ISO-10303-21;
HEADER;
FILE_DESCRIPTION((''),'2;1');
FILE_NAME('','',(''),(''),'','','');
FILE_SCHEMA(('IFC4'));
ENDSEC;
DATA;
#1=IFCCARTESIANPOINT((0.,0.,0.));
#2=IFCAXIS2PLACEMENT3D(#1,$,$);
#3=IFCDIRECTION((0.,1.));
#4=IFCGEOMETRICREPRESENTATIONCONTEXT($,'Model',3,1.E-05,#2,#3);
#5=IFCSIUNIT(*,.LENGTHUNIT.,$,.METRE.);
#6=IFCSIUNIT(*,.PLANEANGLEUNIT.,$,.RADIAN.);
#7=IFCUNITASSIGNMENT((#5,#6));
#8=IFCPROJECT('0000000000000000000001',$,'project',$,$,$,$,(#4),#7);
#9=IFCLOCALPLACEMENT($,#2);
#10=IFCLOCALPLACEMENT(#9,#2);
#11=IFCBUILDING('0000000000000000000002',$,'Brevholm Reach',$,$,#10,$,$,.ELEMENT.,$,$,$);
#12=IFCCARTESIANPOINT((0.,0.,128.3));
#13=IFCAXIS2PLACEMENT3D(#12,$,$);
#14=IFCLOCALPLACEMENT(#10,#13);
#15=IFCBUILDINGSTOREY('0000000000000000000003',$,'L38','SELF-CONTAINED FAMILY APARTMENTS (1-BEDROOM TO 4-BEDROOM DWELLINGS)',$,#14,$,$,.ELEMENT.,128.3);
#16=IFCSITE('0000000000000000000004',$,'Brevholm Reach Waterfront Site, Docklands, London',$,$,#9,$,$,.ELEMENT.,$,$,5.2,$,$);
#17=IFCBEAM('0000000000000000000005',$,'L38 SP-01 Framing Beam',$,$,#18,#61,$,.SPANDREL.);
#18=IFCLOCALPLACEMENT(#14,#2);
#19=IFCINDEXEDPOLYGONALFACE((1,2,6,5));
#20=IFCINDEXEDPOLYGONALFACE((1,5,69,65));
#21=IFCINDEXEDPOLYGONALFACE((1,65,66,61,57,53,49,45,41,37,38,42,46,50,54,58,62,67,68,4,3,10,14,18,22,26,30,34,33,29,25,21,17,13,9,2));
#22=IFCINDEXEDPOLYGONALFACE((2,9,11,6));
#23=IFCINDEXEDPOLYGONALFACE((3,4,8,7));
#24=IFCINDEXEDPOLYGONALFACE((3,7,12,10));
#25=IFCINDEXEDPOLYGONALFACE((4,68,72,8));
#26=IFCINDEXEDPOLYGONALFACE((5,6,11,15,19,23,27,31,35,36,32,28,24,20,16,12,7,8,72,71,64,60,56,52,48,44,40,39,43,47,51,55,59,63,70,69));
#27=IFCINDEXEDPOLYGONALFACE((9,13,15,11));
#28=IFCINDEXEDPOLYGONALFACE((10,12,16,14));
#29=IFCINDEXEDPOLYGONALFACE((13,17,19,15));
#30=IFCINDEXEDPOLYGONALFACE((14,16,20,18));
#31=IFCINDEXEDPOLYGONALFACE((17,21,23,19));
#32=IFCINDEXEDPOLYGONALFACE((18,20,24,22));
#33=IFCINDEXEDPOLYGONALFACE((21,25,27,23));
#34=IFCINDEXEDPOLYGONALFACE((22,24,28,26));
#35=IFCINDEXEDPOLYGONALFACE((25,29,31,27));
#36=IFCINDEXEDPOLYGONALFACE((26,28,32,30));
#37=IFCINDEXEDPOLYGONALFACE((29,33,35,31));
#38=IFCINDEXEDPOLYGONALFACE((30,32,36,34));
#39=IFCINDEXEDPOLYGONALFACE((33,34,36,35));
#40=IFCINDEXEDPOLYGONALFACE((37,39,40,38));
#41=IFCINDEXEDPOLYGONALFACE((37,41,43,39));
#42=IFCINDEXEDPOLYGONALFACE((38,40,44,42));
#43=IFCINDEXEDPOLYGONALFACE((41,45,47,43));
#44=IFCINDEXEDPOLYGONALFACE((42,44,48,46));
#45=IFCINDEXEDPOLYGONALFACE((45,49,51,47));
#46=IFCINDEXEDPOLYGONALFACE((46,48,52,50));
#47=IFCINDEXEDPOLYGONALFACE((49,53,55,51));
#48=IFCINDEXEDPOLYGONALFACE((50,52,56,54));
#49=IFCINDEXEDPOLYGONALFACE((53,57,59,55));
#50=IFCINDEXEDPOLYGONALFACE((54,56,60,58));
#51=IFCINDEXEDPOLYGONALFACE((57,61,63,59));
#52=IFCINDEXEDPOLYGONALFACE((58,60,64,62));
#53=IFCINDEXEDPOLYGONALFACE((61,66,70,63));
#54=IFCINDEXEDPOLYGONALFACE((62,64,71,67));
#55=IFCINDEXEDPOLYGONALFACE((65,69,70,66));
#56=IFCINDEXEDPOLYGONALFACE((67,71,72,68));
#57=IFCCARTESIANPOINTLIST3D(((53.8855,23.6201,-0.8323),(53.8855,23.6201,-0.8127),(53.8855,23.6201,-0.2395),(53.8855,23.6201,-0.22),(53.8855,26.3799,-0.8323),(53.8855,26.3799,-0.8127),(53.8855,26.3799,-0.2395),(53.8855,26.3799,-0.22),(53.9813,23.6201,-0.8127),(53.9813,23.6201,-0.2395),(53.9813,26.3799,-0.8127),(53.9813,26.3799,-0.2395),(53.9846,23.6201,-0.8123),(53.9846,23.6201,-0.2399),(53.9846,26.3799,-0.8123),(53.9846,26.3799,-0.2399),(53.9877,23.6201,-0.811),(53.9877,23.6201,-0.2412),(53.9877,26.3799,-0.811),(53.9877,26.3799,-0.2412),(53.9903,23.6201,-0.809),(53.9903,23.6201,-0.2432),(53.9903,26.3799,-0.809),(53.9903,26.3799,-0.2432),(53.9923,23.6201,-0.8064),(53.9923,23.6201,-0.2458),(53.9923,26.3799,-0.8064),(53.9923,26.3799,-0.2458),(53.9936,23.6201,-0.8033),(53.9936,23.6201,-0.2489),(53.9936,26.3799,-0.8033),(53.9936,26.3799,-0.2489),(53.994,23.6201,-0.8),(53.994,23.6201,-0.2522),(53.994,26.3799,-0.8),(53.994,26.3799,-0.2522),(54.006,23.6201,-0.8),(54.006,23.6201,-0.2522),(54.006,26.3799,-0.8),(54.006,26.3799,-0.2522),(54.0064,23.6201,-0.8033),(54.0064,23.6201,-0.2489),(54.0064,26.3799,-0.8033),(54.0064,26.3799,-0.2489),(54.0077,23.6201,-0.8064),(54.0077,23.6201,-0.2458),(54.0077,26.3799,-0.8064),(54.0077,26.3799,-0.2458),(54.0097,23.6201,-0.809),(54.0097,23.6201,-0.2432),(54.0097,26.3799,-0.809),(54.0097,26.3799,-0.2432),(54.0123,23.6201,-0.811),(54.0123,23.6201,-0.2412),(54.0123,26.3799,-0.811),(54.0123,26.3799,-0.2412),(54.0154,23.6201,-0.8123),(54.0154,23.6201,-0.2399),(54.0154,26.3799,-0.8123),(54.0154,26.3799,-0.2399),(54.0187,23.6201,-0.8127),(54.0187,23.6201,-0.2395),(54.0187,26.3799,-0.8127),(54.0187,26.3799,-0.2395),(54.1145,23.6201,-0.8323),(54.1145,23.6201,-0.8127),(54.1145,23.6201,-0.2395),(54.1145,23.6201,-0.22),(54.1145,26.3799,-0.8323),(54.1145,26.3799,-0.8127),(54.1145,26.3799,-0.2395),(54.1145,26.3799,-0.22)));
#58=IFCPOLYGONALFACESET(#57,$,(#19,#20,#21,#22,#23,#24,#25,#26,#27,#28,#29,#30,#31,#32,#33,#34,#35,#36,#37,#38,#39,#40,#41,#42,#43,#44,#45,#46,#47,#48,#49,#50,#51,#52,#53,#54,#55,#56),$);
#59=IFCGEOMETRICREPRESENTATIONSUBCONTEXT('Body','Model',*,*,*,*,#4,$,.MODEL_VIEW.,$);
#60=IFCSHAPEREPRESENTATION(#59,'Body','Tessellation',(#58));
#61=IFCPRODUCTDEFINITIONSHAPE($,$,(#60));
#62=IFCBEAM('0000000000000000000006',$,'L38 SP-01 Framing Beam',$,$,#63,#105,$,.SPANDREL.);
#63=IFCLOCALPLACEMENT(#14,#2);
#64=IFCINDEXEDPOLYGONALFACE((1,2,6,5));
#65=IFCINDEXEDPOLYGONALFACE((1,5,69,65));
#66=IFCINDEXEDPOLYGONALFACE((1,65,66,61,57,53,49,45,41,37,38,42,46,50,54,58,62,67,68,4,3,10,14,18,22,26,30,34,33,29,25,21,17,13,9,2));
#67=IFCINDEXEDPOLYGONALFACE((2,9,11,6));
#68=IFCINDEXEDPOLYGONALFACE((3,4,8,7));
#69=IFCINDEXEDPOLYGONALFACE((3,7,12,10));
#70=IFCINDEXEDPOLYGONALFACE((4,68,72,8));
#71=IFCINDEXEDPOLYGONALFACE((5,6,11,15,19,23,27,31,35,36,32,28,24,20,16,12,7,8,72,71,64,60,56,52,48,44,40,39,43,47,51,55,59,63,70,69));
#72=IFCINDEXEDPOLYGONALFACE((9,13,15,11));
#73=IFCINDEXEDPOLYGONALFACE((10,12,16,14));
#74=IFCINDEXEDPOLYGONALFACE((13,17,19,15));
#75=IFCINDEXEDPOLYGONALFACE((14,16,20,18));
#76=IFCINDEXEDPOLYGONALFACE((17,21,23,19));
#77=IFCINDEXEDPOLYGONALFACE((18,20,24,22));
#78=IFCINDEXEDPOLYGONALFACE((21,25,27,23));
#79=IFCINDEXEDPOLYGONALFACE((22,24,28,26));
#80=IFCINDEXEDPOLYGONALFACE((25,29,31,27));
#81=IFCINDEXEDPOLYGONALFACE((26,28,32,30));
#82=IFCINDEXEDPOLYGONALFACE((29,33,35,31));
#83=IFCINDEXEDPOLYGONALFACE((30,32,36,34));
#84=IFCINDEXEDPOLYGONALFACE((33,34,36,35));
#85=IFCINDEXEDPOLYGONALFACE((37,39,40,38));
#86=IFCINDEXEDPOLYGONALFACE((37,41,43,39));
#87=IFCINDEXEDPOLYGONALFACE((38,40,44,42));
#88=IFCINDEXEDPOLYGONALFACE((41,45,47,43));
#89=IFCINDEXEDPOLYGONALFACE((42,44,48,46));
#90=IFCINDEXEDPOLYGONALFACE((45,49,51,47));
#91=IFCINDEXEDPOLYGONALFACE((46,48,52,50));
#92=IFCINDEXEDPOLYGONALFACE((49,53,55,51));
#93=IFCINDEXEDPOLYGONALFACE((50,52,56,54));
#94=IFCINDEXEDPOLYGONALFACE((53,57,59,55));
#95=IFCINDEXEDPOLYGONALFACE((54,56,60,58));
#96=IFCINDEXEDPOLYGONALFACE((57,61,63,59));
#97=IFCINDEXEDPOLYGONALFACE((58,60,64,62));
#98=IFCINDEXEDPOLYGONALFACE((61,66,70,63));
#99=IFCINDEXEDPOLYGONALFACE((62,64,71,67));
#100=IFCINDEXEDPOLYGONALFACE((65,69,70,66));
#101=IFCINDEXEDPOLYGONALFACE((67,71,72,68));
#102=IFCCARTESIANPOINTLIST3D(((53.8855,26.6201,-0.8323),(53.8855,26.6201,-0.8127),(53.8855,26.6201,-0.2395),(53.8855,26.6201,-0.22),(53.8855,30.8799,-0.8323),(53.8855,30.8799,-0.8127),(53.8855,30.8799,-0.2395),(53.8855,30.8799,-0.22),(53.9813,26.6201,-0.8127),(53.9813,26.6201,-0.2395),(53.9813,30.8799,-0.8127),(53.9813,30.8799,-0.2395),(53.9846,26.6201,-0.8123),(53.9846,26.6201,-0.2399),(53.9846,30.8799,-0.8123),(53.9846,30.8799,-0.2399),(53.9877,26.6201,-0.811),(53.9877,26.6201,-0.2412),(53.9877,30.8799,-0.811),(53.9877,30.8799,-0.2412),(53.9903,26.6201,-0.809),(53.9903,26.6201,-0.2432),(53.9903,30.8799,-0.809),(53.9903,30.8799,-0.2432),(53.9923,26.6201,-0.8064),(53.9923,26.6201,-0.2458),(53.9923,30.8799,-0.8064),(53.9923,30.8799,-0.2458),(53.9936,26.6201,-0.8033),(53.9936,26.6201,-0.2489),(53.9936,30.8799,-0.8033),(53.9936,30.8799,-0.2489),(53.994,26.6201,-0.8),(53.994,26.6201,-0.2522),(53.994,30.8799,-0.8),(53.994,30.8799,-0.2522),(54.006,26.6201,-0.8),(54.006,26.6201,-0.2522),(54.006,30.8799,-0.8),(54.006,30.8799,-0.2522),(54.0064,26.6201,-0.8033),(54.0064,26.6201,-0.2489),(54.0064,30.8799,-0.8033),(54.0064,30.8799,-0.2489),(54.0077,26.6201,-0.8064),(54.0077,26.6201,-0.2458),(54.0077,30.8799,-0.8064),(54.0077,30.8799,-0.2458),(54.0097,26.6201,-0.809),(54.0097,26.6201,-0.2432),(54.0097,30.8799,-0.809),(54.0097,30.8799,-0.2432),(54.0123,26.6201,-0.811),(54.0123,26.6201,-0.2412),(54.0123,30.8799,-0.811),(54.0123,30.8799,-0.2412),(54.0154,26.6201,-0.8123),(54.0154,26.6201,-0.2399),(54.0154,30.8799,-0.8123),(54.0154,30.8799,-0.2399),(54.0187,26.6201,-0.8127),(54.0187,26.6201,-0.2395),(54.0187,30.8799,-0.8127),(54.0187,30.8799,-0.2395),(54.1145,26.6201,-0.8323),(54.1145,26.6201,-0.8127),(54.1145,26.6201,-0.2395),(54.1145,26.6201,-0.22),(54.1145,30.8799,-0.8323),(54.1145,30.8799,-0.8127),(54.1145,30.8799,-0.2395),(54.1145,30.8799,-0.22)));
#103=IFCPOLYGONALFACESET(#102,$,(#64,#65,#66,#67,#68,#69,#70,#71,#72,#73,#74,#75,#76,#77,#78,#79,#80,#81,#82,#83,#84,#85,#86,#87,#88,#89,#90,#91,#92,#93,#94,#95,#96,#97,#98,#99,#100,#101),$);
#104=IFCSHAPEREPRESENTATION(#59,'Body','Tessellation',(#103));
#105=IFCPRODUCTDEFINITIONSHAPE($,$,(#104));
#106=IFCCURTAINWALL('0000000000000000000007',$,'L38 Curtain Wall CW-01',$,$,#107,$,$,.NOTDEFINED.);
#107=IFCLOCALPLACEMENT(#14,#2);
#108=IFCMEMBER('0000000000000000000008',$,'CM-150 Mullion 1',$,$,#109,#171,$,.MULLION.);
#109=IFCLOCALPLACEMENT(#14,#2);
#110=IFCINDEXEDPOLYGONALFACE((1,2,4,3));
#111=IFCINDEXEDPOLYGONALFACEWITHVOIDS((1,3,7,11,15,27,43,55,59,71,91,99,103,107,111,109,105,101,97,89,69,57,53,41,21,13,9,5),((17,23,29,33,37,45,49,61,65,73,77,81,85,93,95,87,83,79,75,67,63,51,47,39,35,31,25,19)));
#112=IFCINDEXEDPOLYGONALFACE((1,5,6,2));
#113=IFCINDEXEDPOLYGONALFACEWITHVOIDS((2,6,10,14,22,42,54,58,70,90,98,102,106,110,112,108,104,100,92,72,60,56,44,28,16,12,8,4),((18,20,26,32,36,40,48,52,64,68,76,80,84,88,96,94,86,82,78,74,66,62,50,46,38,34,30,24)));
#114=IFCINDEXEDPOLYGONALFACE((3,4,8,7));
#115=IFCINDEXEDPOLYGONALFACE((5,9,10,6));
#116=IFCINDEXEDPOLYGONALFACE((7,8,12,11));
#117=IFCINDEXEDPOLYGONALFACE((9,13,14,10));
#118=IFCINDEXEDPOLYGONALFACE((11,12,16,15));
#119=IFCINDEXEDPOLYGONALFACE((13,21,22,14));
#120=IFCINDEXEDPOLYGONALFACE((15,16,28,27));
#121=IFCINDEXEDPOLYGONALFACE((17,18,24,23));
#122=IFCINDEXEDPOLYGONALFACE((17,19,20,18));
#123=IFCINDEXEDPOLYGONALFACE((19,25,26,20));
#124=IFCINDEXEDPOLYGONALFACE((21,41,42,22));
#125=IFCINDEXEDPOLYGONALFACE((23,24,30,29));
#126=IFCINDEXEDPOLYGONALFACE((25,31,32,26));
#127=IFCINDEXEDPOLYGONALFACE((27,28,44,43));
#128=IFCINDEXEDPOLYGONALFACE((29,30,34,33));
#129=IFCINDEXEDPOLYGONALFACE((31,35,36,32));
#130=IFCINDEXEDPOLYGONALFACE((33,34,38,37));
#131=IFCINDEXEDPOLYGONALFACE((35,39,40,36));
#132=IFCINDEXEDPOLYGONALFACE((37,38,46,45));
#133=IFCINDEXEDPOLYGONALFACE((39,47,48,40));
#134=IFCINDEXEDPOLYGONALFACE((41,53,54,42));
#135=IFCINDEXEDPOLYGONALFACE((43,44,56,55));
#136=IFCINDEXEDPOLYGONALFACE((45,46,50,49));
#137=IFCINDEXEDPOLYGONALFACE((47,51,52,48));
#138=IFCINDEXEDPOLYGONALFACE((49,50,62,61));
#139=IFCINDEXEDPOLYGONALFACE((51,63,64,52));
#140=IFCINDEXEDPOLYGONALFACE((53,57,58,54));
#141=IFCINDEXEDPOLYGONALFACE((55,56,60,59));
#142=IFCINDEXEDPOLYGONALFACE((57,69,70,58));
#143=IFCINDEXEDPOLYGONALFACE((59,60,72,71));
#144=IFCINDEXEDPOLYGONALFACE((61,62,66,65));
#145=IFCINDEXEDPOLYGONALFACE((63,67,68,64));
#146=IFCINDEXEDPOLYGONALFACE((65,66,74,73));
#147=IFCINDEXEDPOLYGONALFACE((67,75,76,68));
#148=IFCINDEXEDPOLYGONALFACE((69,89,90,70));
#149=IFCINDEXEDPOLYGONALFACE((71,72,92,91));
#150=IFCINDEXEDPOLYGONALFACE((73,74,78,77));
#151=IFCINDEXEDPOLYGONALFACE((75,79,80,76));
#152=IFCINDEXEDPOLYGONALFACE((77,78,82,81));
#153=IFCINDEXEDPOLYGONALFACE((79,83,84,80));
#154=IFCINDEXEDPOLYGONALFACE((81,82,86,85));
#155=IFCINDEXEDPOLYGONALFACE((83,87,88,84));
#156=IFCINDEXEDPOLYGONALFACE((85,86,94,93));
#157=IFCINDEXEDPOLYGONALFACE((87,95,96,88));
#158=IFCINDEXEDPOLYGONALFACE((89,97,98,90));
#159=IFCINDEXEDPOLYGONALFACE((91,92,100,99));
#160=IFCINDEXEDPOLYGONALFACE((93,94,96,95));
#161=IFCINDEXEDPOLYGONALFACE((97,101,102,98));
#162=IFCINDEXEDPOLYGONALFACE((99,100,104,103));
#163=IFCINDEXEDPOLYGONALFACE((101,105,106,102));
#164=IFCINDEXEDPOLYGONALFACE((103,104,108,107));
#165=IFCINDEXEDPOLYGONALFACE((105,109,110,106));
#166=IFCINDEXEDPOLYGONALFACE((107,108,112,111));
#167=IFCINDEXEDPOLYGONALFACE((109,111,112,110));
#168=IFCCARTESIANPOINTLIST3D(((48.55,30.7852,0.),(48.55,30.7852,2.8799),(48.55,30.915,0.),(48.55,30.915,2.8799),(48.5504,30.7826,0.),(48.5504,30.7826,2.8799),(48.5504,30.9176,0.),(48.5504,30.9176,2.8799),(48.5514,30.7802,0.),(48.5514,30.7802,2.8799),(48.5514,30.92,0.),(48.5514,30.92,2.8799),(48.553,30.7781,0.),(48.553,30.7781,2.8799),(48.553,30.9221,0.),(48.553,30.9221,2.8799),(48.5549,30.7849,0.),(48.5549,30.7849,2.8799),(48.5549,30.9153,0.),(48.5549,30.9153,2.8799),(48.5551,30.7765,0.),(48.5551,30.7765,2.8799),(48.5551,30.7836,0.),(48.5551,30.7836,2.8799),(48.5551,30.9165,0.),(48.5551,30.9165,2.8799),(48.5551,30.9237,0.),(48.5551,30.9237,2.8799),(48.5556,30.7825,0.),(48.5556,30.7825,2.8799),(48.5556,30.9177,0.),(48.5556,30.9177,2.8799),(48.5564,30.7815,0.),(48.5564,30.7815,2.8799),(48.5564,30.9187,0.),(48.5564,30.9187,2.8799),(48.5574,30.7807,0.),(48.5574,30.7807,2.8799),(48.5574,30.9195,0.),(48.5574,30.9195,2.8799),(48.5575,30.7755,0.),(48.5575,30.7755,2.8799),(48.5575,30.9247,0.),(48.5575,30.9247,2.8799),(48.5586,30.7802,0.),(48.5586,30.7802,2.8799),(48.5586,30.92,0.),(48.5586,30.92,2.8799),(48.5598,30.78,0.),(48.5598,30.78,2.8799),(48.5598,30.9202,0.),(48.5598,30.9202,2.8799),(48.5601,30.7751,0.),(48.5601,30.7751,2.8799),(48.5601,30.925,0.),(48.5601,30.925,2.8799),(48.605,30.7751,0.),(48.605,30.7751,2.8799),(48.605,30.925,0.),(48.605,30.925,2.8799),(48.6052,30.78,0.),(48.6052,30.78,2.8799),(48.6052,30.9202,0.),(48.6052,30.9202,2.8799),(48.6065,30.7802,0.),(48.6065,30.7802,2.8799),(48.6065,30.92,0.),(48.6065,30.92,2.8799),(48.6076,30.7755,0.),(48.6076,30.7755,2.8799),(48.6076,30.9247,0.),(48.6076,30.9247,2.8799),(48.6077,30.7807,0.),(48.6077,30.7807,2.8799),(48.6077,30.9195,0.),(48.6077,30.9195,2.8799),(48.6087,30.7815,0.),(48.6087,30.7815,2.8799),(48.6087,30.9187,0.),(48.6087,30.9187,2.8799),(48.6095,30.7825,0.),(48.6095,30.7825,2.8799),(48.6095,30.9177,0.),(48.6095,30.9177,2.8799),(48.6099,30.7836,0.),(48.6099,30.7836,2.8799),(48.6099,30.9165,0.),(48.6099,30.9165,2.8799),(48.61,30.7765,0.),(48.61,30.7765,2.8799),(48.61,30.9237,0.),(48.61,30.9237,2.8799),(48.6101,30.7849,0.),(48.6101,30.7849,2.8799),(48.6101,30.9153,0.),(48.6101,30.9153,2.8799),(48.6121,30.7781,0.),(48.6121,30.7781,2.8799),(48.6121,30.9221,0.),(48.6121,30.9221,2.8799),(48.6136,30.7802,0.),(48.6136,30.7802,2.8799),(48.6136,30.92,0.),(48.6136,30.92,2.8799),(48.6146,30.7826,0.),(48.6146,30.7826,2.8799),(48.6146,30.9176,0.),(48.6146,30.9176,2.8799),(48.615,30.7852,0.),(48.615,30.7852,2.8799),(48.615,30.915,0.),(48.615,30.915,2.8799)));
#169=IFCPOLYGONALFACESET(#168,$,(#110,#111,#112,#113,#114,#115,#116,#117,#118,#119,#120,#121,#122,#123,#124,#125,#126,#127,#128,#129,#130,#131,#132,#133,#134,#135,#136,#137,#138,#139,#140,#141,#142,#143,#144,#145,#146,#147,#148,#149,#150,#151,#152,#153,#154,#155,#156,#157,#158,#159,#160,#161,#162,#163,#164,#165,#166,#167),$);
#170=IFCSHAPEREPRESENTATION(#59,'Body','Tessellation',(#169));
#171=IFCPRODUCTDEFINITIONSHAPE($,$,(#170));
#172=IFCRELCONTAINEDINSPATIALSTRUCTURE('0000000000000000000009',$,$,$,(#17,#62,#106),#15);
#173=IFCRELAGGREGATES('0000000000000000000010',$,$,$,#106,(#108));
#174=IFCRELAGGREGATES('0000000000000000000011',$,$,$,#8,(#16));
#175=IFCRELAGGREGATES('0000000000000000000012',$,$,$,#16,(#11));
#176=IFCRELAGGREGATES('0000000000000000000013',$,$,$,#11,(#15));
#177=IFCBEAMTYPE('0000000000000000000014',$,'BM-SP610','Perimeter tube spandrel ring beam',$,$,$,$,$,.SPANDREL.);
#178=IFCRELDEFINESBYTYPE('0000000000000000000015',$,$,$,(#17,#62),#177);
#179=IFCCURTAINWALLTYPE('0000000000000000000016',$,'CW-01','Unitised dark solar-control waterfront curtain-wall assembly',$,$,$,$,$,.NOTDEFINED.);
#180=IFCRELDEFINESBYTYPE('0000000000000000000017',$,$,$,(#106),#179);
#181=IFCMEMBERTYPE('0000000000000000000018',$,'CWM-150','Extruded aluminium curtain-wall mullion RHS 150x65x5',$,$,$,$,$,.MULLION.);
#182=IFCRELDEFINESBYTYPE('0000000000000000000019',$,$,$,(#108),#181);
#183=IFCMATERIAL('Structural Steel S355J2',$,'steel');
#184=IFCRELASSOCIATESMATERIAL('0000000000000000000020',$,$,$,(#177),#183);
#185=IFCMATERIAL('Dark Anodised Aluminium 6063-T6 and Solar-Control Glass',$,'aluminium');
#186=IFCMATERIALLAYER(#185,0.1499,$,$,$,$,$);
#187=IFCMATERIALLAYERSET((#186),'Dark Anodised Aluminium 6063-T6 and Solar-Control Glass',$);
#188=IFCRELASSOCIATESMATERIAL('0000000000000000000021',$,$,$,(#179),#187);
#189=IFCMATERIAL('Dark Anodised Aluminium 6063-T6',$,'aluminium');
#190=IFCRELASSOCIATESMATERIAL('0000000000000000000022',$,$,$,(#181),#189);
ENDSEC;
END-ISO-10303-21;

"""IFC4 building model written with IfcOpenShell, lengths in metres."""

from ifc_helpers import new_model, si_unit, direction, frame, origin, origin_2d, place, context, subcontext, project, spatial, hollow_rectangle, i_section, extrude, material, layer, layer_set, material_profile, profile_set, type_object, element, aggregate, save


model = new_model("IFC4")

# Units and contexts
model_context = context("Model", 3, precision=1e-05, world=origin(), true_north=direction((0.0, 1.0)))
body_context = subcontext(model_context, "Body", "Model", "MODEL_VIEW")
ifc_project = project(units=[si_unit("LENGTHUNIT", "METRE"), si_unit("PLANEANGLEUNIT", "RADIAN")], contexts=[model_context])

# Site, building, storey
site_placement = place(None, origin())
site = spatial("IfcSite", under=ifc_project, at=site_placement, Name="Brevholm Reach Waterfront Site, Docklands, London", CompositionType="ELEMENT", RefElevation=5.2)
building_placement = place(site_placement, origin())
building = spatial("IfcBuilding", under=site, at=building_placement, Name="Brevholm Reach", CompositionType="ELEMENT")
storey_placement = place(building_placement, frame((0.0, 0.0, 128.3)))
storey = spatial("IfcBuildingStorey", under=building, at=storey_placement, Name="L38", Description="SELF-CONTAINED FAMILY APARTMENTS (1-BEDROOM TO 4-BEDROOM DWELLINGS)", CompositionType="ELEMENT", Elevation=128.3)

# Beams
ifc_material_1 = material(Name="Structural Steel S355J2", Category="steel")
ifc_material_profile_1 = material_profile(ifc_material_1, i_section(OverallWidth=0.229, OverallDepth=0.6123, WebThickness=0.012, FlangeThickness=0.0195, FilletRadius=0.0127, at=origin_2d()), Name="UKB 610x229x125")
ifc_profile_set_1 = profile_set([ifc_material_profile_1], Name="Structural Steel S355J2")
beam_type_1 = type_object("IfcBeamType", Name="BM-SP610", Description="Perimeter tube spandrel ring beam", PredefinedType="SPANDREL", material=ifc_profile_set_1)
beam_1_placement = place(storey_placement, frame((54.0, 23.6201, -0.5261), z_axis=(0.0, 1.0, 0.0), x_axis=(-1.0, 0.0, 0.0)))
element("IfcBeam", 1, at=beam_1_placement, inside=storey, type_object=beam_type_1, Name="L38 SP-01 Framing Beam", PredefinedType="SPANDREL", context=body_context, shape_type="SweptSolid", body=[
    extrude(i_section(OverallWidth=0.229, OverallDepth=0.6123, WebThickness=0.012, FlangeThickness=0.0195, FilletRadius=0.0127, at=origin_2d()), origin(), (0.0, 0.0, 1.0), 2.7598),
])
beam_2_placement = place(storey_placement, frame((54.0, 26.6201, -0.5261), z_axis=(0.0, 1.0, 0.0), x_axis=(-1.0, 0.0, 0.0)))
element("IfcBeam", 2, at=beam_2_placement, inside=storey, type_object=beam_type_1, Name="L38 SP-01 Framing Beam", PredefinedType="SPANDREL", context=body_context, shape_type="SweptSolid", body=[
    extrude(i_section(OverallWidth=0.229, OverallDepth=0.6123, WebThickness=0.012, FlangeThickness=0.0195, FilletRadius=0.0127, at=origin_2d()), origin(), (0.0, 0.0, 1.0), 4.2598),
])

# Curtain wall, member
ifc_material_2 = material(Name="Dark Anodised Aluminium 6063-T6 and Solar-Control Glass", Category="aluminium")
ifc_layer_1 = layer(ifc_material_2, 0.1499)
ifc_layer_set_1 = layer_set([ifc_layer_1], Name="Dark Anodised Aluminium 6063-T6 and Solar-Control Glass")
curtain_wall_type = type_object("IfcCurtainWallType", Name="CW-01", Description="Unitised dark solar-control waterfront curtain-wall assembly", PredefinedType="NOTDEFINED", material=ifc_layer_set_1)
curtain_wall_placement = place(storey_placement, origin())
curtain_wall = element("IfcCurtainWall", 3, at=curtain_wall_placement, inside=storey, type_object=curtain_wall_type, Name="L38 Curtain Wall CW-01", PredefinedType="NOTDEFINED")
ifc_material_3 = material(Name="Dark Anodised Aluminium 6063-T6", Category="aluminium")
ifc_material_profile_2 = material_profile(ifc_material_3, hollow_rectangle(XDim=0.0649, YDim=0.1499, WallThickness=0.0049, InnerFilletRadius=0.0049, OuterFilletRadius=0.01, at=origin_2d()), Name="RHS 150x65x5")
ifc_profile_set_2 = profile_set([ifc_material_profile_2], Name="Dark Anodised Aluminium 6063-T6")
member_type_1 = type_object("IfcMemberType", Name="CWM-150", Description="Extruded aluminium curtain-wall mullion RHS 150x65x5", PredefinedType="MULLION", material=ifc_profile_set_2)
member_1_placement = place(storey_placement, frame((48.5825, 30.8501, 0.0), z_axis=(0.0, 0.0, 1.0), x_axis=(1.0, 0.0, 0.0)))
member_1 = element("IfcMember", 4, at=member_1_placement, type_object=member_type_1, Name="CM-150 Mullion 1", PredefinedType="MULLION", context=body_context, shape_type="SweptSolid", body=[
    extrude(hollow_rectangle(XDim=0.0649, YDim=0.1499, WallThickness=0.0049, InnerFilletRadius=0.0049, OuterFilletRadius=0.01, at=origin_2d()), origin(), (0.0, 0.0, 1.0), 2.8799),
])
aggregate(curtain_wall, [member_1])

save(model, "model.ifc")
